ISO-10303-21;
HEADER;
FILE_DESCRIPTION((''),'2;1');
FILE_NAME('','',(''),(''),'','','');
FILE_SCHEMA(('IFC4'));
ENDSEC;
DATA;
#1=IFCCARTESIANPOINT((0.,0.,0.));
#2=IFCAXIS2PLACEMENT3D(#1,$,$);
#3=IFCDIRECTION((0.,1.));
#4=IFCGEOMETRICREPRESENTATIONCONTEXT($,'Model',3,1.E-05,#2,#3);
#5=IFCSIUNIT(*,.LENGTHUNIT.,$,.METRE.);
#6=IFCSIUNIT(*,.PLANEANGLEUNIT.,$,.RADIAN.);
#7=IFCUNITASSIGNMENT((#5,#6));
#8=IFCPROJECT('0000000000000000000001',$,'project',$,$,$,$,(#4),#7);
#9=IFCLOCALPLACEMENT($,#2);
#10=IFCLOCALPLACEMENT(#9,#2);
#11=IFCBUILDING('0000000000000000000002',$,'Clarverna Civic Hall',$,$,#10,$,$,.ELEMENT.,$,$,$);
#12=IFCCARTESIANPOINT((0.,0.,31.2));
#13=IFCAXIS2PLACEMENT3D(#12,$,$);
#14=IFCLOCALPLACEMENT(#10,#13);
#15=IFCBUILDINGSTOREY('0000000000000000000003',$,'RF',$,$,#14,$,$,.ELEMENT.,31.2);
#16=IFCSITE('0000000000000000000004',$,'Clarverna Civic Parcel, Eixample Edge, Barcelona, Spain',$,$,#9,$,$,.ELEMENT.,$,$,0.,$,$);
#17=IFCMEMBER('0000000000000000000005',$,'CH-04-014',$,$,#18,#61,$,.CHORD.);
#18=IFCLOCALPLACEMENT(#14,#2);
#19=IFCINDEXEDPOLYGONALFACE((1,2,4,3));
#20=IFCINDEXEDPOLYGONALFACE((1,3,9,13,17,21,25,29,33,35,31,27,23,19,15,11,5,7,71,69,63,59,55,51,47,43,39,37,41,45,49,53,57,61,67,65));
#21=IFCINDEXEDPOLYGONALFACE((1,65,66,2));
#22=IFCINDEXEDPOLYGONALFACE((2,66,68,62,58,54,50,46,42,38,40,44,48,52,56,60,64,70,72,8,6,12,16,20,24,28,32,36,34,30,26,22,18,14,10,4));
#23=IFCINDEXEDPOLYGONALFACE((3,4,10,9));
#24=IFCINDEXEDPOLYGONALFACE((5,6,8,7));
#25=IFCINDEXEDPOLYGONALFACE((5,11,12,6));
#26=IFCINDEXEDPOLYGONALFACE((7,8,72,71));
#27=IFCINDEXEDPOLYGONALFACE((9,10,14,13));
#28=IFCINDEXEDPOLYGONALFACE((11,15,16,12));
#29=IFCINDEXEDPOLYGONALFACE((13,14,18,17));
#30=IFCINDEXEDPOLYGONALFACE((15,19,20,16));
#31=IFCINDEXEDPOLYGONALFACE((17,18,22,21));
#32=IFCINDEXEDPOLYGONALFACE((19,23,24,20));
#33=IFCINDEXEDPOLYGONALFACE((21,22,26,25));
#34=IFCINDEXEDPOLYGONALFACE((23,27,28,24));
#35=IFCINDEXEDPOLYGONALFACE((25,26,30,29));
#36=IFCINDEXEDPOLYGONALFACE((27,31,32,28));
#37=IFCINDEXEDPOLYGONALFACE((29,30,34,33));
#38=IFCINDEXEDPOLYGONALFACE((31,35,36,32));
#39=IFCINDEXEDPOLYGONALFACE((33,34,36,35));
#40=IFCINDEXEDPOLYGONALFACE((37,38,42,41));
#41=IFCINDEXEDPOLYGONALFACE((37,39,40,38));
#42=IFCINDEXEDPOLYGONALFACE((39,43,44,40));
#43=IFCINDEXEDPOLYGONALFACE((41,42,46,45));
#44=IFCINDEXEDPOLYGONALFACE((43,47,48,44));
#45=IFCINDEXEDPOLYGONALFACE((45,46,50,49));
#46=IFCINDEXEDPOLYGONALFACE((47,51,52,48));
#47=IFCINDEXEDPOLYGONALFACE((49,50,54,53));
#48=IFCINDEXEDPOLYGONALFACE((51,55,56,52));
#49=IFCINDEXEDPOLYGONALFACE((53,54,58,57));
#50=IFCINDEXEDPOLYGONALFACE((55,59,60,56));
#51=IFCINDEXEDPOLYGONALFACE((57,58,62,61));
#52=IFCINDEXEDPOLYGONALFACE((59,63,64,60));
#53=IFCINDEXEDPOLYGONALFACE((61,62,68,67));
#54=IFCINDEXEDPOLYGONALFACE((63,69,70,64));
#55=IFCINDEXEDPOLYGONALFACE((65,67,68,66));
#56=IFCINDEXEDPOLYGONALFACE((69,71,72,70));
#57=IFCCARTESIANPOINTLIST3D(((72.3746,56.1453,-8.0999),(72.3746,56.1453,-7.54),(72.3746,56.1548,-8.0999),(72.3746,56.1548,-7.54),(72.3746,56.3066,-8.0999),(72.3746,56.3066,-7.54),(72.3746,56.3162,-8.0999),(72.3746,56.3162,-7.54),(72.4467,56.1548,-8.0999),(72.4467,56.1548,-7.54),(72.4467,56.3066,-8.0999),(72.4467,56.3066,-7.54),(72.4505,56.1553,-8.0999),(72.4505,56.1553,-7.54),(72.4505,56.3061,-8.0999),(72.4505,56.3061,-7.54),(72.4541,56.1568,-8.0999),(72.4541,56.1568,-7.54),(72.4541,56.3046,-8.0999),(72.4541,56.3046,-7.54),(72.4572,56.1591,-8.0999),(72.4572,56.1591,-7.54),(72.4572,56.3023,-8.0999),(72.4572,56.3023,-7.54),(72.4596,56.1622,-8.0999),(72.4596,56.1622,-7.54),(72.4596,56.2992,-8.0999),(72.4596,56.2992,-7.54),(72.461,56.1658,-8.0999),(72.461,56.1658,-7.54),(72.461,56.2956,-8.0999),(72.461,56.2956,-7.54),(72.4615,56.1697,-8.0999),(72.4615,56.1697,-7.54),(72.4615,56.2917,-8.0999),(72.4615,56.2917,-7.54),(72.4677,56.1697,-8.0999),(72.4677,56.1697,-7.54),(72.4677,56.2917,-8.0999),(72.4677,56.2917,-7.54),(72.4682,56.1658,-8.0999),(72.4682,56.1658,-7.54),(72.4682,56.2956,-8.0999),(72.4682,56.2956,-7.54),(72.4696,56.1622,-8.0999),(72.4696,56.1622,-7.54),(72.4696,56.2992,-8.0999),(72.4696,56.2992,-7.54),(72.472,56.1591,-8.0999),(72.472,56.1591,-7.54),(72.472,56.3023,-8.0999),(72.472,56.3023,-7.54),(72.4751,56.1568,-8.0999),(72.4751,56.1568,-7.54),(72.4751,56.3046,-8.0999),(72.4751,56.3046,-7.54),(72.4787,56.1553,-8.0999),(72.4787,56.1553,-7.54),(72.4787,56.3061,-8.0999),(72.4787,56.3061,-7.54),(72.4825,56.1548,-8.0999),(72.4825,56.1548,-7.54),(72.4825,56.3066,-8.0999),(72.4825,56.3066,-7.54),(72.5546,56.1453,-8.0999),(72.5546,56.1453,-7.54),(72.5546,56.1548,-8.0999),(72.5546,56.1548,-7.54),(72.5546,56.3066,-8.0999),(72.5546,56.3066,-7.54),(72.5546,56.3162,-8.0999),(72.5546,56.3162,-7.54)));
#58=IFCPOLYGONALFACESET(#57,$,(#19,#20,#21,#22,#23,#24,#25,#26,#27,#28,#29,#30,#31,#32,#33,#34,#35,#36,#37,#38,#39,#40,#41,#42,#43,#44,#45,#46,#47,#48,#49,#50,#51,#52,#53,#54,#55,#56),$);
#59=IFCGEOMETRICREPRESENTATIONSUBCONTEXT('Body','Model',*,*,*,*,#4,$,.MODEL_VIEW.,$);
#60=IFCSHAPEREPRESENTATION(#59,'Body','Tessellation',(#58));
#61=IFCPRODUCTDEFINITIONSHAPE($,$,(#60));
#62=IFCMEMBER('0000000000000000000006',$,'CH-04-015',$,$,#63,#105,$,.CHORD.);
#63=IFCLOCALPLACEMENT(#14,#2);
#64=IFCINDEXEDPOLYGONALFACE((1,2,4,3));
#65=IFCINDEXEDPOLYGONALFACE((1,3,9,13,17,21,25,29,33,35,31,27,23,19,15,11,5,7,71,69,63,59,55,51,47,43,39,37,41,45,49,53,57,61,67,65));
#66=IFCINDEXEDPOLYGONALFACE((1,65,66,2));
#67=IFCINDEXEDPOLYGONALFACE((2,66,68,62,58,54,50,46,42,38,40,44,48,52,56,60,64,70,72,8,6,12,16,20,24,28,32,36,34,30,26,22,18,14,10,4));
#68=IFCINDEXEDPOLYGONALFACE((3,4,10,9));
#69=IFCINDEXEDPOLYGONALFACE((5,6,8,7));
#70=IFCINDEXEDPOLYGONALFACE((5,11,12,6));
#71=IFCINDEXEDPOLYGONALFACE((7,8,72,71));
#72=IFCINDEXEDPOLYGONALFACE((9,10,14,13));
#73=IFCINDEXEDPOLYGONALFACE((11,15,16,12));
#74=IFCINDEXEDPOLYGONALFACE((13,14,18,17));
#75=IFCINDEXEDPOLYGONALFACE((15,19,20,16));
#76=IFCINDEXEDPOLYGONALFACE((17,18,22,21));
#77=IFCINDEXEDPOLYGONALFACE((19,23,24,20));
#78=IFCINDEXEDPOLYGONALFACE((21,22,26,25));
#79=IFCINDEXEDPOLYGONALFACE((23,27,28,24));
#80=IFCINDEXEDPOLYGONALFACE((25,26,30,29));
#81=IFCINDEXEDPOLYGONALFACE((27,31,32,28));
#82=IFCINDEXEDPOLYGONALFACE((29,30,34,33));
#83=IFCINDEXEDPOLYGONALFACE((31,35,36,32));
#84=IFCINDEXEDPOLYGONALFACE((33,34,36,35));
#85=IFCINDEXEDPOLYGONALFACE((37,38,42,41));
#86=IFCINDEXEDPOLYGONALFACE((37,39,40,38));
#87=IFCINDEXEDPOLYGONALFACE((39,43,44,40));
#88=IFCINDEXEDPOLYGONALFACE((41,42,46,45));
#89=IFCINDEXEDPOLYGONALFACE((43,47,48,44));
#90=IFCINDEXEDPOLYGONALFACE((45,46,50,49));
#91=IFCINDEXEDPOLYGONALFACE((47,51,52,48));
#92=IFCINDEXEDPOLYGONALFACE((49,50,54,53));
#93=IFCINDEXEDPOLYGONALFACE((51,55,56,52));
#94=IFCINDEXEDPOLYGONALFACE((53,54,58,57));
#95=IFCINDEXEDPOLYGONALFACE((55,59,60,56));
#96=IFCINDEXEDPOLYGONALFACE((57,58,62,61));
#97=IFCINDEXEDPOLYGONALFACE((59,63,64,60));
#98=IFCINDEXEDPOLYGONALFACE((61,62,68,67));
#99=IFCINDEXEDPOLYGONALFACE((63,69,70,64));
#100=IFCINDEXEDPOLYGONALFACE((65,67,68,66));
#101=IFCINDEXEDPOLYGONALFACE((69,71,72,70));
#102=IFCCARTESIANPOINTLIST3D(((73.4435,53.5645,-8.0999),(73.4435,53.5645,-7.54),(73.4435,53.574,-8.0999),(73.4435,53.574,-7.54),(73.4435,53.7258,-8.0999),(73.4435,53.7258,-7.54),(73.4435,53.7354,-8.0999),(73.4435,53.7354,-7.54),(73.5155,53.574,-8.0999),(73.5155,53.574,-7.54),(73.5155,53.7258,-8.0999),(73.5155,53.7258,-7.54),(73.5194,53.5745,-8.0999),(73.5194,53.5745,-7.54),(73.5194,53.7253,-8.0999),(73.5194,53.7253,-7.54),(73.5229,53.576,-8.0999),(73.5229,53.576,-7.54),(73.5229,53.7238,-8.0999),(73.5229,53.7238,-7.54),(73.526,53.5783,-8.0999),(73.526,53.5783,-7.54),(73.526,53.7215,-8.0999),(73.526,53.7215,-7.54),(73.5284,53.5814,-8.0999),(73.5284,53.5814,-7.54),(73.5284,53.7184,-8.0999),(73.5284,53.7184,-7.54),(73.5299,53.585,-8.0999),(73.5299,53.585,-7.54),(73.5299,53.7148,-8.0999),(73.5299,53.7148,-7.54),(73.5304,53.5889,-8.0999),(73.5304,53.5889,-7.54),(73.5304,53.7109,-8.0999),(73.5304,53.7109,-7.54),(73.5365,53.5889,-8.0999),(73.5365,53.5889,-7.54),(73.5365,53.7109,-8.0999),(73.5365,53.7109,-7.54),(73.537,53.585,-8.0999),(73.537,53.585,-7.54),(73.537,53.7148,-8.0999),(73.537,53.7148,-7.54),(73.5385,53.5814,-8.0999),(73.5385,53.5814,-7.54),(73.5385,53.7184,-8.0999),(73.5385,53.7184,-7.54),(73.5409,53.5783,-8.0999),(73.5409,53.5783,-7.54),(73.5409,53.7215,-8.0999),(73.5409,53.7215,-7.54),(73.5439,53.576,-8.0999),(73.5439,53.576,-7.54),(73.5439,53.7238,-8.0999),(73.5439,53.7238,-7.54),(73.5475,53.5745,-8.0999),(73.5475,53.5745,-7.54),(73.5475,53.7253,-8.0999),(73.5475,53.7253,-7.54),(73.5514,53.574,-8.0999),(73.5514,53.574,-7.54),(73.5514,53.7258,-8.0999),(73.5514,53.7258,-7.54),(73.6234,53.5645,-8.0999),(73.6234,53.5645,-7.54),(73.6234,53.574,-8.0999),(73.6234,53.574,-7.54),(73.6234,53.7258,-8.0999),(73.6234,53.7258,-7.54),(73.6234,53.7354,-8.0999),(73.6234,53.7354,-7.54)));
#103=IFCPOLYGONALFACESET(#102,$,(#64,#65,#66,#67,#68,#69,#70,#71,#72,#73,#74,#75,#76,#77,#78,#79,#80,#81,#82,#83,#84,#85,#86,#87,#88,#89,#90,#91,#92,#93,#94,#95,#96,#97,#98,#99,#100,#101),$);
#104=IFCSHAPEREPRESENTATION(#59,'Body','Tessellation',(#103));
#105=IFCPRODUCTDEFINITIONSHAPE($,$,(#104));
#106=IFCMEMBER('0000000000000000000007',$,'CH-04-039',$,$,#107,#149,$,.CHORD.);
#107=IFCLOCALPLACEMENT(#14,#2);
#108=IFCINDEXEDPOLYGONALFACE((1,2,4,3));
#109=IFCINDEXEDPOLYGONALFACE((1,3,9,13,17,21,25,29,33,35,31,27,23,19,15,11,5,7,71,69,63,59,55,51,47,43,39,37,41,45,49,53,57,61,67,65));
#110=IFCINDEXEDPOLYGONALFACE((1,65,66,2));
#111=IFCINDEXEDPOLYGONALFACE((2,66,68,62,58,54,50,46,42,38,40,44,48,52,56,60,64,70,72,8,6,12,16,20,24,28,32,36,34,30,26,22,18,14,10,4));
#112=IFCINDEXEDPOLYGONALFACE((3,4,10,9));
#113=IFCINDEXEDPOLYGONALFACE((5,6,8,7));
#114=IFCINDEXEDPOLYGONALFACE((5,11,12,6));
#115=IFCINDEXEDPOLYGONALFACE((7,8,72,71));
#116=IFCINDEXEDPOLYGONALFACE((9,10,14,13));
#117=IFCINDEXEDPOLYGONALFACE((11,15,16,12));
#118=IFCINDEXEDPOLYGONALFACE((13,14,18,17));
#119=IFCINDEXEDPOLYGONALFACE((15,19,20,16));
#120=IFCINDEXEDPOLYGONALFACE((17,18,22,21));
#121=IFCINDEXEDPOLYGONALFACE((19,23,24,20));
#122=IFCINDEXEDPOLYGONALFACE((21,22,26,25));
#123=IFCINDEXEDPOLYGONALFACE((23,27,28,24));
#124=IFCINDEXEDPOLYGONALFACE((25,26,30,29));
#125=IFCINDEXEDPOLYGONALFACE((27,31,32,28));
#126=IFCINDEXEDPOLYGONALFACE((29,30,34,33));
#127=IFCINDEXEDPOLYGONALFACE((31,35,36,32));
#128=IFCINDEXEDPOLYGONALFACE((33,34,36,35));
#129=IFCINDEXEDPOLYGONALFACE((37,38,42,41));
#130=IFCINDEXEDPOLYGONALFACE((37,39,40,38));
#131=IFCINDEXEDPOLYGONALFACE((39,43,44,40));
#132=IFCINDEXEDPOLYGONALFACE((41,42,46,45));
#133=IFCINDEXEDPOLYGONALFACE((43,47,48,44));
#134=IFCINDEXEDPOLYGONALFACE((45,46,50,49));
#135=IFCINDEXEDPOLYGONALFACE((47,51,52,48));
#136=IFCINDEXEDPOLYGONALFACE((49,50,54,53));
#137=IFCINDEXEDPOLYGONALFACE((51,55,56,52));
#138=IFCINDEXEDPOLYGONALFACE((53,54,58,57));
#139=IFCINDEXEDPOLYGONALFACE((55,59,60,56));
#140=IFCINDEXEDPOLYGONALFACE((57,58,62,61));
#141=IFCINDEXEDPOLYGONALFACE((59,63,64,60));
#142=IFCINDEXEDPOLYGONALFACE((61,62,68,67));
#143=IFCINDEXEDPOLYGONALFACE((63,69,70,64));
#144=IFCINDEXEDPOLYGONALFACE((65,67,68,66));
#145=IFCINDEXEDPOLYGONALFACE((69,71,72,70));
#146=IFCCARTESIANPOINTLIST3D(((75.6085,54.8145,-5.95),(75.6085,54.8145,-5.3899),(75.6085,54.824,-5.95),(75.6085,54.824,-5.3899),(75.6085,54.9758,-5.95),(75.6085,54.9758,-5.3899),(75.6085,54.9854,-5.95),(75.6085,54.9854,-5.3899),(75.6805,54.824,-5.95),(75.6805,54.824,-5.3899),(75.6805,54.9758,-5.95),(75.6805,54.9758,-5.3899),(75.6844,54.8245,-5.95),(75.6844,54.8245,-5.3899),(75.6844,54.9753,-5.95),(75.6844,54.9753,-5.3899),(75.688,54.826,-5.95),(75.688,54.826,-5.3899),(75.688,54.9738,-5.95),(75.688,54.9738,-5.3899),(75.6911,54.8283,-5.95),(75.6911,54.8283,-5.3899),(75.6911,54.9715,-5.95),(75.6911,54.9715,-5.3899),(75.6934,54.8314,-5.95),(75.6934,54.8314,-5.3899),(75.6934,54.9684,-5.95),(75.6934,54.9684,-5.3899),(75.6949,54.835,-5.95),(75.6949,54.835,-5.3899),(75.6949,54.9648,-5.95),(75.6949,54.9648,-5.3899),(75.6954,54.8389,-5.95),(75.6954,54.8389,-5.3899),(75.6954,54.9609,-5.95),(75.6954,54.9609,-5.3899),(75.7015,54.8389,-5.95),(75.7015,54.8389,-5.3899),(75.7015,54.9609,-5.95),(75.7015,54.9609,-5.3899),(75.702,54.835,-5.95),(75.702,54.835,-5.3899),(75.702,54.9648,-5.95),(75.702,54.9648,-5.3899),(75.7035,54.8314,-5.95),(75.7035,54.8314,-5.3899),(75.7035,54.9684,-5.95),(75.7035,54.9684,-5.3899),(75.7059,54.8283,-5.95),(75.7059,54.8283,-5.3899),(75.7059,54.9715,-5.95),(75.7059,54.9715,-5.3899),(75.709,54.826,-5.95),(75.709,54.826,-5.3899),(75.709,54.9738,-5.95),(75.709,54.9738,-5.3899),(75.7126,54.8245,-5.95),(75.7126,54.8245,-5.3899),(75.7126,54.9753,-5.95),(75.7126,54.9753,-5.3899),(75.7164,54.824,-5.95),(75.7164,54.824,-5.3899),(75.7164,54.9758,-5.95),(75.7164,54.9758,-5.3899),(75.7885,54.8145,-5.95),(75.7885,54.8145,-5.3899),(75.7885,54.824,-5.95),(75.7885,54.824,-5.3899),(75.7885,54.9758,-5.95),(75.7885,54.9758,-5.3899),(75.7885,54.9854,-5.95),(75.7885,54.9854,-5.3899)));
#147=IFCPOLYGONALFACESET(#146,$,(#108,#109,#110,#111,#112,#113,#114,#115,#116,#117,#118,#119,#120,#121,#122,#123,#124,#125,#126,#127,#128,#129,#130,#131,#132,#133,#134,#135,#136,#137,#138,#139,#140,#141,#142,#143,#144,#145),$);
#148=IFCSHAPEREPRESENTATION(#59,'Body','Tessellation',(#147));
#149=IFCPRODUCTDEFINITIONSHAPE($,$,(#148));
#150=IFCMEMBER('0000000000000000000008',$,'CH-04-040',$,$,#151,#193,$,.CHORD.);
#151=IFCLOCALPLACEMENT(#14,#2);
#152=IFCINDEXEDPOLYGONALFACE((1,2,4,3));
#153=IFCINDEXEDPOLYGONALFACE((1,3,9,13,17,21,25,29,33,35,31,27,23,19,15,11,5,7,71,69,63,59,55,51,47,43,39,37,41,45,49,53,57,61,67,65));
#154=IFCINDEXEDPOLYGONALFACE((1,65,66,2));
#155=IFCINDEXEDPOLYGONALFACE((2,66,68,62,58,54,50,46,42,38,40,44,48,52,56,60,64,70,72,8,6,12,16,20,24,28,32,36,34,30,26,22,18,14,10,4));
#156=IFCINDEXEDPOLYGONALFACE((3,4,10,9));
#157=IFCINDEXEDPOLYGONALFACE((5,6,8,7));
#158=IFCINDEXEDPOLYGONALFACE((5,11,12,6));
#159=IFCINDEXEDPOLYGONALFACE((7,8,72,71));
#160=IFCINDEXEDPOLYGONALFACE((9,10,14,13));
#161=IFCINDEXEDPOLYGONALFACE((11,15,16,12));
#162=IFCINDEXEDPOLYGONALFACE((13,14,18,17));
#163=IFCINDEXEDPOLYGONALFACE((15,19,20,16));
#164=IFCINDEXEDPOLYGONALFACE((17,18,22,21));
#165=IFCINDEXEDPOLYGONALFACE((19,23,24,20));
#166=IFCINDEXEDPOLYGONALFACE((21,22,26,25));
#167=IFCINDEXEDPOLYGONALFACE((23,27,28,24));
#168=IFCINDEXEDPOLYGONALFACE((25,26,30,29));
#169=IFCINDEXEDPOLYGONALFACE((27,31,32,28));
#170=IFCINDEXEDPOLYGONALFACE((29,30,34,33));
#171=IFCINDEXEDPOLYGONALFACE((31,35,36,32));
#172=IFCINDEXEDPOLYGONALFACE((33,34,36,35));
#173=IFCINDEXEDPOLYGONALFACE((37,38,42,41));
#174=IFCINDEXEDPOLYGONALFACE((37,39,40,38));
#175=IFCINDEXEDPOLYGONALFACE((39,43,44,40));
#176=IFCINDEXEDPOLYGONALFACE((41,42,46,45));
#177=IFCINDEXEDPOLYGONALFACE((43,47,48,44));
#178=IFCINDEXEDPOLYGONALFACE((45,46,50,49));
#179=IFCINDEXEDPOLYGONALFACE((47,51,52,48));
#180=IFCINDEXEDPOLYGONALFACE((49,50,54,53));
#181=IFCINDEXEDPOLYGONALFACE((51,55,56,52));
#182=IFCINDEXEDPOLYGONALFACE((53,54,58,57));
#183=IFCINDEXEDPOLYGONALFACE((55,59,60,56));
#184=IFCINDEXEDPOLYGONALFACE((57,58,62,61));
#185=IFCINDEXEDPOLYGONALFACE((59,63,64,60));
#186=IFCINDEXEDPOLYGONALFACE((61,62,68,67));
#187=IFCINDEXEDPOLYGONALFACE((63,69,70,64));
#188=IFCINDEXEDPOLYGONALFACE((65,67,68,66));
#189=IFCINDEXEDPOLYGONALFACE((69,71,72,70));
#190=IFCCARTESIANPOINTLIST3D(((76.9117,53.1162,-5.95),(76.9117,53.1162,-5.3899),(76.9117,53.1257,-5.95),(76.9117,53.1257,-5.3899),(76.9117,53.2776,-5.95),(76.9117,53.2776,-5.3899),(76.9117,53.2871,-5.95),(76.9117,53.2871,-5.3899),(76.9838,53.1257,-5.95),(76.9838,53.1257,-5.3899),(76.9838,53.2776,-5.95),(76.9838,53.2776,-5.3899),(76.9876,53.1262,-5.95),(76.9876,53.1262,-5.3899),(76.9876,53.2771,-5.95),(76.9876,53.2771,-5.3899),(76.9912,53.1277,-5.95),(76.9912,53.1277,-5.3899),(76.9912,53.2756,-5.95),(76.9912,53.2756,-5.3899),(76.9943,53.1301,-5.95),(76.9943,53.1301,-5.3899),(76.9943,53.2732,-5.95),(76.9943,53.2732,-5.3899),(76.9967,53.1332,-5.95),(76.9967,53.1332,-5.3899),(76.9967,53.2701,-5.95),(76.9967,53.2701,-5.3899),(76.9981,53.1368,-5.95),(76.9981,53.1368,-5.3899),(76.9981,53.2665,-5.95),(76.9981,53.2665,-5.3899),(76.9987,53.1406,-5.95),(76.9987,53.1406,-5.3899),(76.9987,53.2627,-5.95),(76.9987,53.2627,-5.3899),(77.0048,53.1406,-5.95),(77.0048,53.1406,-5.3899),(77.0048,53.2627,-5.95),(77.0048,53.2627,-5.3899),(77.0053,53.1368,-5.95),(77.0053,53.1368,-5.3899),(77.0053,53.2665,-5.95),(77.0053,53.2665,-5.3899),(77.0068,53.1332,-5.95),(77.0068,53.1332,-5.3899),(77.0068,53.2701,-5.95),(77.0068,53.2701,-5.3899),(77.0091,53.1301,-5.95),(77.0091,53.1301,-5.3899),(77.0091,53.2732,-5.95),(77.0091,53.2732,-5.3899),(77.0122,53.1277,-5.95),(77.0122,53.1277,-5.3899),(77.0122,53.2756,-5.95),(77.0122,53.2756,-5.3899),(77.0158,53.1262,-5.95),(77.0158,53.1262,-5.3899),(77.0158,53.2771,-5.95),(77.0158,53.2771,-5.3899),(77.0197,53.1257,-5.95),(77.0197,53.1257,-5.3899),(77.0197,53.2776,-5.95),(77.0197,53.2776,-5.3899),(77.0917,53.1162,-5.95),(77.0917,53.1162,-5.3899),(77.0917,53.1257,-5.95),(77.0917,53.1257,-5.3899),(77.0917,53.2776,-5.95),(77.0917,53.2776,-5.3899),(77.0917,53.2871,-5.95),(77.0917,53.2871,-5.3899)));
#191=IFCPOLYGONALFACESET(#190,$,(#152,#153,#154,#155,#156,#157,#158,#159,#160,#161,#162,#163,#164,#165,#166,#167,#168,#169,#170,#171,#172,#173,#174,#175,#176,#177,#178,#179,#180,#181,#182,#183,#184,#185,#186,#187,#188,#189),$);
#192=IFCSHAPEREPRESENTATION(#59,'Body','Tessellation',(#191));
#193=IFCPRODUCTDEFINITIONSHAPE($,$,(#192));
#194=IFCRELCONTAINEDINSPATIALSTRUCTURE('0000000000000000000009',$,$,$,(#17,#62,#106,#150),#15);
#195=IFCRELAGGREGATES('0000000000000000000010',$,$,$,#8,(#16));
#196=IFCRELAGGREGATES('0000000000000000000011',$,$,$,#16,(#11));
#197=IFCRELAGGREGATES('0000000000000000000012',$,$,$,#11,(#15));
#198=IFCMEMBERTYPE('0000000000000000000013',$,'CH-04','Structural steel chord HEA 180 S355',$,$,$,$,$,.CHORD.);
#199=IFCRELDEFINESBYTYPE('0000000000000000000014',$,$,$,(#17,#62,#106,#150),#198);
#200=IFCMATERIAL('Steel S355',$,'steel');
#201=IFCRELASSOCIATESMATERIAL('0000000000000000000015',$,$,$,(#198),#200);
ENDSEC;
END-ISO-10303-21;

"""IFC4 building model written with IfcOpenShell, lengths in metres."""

from ifc_helpers import new_model, si_unit, direction, frame, origin, origin_2d, place, context, subcontext, project, spatial, i_section, extrude, material, material_profile, profile_set, type_object, element, save


model = new_model("IFC4")

# Units and contexts
model_context = context("Model", 3, precision=1e-05, world=origin(), true_north=direction((0.0, 1.0)))
body_context = subcontext(model_context, "Body", "Model", "MODEL_VIEW")
ifc_project = project(units=[si_unit("LENGTHUNIT", "METRE"), si_unit("PLANEANGLEUNIT", "RADIAN")], contexts=[model_context])

# Site, building, storey
site_placement = place(None, origin())
site = spatial("IfcSite", under=ifc_project, at=site_placement, Name="Clarverna Civic Parcel, Eixample Edge, Barcelona, Spain", CompositionType="ELEMENT", RefElevation=0.0)
building_placement = place(site_placement, origin())
building = spatial("IfcBuilding", under=site, at=building_placement, Name="Clarverna Civic Hall", CompositionType="ELEMENT")
storey_placement = place(building_placement, frame((0.0, 0.0, 31.2)))
storey = spatial("IfcBuildingStorey", under=building, at=storey_placement, Name="RF", CompositionType="ELEMENT", Elevation=31.2)

# Members
ifc_material_1 = material(Name="Steel S355", Category="steel")
ifc_material_profile_1 = material_profile(ifc_material_1, i_section(OverallWidth=0.1799, OverallDepth=0.1709, WebThickness=0.0061, FlangeThickness=0.0095, FilletRadius=0.0149, at=origin_2d()), Name="HEA 180")
ifc_profile_set_1 = profile_set([ifc_material_profile_1], Name="Steel S355")
member_type_1 = type_object("IfcMemberType", Name="CH-04", Description="Structural steel chord HEA 180 S355", PredefinedType="CHORD", material=ifc_profile_set_1)
for number, where, z_axis, x_axis, name in (
    (1, (72.4646, 56.2307, -8.0999), (0.0, 0.0, 1.0), (1.0, 0.0, 0.0), "CH-04-014"),
    (2, (73.5334, 53.6499, -8.0999), (0.0, 0.0, 1.0), (1.0, 0.0, 0.0), "CH-04-015"),
):
    element("IfcMember", number, at=place(storey_placement, frame(where, z_axis=z_axis, x_axis=x_axis)), inside=storey, type_object=member_type_1, Name=name, PredefinedType="CHORD", context=body_context, shape_type="SweptSolid", body=[
        extrude(i_section(OverallWidth=0.1799, OverallDepth=0.1709, WebThickness=0.0061, FlangeThickness=0.0095, FilletRadius=0.0149, at=origin_2d()), origin(), (0.0, 0.0, 1.0), 0.5598),
    ])
for number, where, z_axis, x_axis, name in (
    (3, (75.6985, 54.8999, -5.95), (0.0, 0.0, 1.0), (1.0, 0.0, 0.0), "CH-04-039"),
    (4, (77.0017, 53.2017, -5.95), (0.0, 0.0, 1.0), (1.0, 0.0, 0.0), "CH-04-040"),
):
    element("IfcMember", number, at=place(storey_placement, frame(where, z_axis=z_axis, x_axis=x_axis)), inside=storey, type_object=member_type_1, Name=name, PredefinedType="CHORD", context=body_context, shape_type="SweptSolid", body=[
        extrude(i_section(OverallWidth=0.1799, OverallDepth=0.1709, WebThickness=0.0061, FlangeThickness=0.0095, FilletRadius=0.0149, at=origin_2d()), origin(), (0.0, 0.0, 1.0), 0.5601),
    ])

save(model, "model.ifc")
